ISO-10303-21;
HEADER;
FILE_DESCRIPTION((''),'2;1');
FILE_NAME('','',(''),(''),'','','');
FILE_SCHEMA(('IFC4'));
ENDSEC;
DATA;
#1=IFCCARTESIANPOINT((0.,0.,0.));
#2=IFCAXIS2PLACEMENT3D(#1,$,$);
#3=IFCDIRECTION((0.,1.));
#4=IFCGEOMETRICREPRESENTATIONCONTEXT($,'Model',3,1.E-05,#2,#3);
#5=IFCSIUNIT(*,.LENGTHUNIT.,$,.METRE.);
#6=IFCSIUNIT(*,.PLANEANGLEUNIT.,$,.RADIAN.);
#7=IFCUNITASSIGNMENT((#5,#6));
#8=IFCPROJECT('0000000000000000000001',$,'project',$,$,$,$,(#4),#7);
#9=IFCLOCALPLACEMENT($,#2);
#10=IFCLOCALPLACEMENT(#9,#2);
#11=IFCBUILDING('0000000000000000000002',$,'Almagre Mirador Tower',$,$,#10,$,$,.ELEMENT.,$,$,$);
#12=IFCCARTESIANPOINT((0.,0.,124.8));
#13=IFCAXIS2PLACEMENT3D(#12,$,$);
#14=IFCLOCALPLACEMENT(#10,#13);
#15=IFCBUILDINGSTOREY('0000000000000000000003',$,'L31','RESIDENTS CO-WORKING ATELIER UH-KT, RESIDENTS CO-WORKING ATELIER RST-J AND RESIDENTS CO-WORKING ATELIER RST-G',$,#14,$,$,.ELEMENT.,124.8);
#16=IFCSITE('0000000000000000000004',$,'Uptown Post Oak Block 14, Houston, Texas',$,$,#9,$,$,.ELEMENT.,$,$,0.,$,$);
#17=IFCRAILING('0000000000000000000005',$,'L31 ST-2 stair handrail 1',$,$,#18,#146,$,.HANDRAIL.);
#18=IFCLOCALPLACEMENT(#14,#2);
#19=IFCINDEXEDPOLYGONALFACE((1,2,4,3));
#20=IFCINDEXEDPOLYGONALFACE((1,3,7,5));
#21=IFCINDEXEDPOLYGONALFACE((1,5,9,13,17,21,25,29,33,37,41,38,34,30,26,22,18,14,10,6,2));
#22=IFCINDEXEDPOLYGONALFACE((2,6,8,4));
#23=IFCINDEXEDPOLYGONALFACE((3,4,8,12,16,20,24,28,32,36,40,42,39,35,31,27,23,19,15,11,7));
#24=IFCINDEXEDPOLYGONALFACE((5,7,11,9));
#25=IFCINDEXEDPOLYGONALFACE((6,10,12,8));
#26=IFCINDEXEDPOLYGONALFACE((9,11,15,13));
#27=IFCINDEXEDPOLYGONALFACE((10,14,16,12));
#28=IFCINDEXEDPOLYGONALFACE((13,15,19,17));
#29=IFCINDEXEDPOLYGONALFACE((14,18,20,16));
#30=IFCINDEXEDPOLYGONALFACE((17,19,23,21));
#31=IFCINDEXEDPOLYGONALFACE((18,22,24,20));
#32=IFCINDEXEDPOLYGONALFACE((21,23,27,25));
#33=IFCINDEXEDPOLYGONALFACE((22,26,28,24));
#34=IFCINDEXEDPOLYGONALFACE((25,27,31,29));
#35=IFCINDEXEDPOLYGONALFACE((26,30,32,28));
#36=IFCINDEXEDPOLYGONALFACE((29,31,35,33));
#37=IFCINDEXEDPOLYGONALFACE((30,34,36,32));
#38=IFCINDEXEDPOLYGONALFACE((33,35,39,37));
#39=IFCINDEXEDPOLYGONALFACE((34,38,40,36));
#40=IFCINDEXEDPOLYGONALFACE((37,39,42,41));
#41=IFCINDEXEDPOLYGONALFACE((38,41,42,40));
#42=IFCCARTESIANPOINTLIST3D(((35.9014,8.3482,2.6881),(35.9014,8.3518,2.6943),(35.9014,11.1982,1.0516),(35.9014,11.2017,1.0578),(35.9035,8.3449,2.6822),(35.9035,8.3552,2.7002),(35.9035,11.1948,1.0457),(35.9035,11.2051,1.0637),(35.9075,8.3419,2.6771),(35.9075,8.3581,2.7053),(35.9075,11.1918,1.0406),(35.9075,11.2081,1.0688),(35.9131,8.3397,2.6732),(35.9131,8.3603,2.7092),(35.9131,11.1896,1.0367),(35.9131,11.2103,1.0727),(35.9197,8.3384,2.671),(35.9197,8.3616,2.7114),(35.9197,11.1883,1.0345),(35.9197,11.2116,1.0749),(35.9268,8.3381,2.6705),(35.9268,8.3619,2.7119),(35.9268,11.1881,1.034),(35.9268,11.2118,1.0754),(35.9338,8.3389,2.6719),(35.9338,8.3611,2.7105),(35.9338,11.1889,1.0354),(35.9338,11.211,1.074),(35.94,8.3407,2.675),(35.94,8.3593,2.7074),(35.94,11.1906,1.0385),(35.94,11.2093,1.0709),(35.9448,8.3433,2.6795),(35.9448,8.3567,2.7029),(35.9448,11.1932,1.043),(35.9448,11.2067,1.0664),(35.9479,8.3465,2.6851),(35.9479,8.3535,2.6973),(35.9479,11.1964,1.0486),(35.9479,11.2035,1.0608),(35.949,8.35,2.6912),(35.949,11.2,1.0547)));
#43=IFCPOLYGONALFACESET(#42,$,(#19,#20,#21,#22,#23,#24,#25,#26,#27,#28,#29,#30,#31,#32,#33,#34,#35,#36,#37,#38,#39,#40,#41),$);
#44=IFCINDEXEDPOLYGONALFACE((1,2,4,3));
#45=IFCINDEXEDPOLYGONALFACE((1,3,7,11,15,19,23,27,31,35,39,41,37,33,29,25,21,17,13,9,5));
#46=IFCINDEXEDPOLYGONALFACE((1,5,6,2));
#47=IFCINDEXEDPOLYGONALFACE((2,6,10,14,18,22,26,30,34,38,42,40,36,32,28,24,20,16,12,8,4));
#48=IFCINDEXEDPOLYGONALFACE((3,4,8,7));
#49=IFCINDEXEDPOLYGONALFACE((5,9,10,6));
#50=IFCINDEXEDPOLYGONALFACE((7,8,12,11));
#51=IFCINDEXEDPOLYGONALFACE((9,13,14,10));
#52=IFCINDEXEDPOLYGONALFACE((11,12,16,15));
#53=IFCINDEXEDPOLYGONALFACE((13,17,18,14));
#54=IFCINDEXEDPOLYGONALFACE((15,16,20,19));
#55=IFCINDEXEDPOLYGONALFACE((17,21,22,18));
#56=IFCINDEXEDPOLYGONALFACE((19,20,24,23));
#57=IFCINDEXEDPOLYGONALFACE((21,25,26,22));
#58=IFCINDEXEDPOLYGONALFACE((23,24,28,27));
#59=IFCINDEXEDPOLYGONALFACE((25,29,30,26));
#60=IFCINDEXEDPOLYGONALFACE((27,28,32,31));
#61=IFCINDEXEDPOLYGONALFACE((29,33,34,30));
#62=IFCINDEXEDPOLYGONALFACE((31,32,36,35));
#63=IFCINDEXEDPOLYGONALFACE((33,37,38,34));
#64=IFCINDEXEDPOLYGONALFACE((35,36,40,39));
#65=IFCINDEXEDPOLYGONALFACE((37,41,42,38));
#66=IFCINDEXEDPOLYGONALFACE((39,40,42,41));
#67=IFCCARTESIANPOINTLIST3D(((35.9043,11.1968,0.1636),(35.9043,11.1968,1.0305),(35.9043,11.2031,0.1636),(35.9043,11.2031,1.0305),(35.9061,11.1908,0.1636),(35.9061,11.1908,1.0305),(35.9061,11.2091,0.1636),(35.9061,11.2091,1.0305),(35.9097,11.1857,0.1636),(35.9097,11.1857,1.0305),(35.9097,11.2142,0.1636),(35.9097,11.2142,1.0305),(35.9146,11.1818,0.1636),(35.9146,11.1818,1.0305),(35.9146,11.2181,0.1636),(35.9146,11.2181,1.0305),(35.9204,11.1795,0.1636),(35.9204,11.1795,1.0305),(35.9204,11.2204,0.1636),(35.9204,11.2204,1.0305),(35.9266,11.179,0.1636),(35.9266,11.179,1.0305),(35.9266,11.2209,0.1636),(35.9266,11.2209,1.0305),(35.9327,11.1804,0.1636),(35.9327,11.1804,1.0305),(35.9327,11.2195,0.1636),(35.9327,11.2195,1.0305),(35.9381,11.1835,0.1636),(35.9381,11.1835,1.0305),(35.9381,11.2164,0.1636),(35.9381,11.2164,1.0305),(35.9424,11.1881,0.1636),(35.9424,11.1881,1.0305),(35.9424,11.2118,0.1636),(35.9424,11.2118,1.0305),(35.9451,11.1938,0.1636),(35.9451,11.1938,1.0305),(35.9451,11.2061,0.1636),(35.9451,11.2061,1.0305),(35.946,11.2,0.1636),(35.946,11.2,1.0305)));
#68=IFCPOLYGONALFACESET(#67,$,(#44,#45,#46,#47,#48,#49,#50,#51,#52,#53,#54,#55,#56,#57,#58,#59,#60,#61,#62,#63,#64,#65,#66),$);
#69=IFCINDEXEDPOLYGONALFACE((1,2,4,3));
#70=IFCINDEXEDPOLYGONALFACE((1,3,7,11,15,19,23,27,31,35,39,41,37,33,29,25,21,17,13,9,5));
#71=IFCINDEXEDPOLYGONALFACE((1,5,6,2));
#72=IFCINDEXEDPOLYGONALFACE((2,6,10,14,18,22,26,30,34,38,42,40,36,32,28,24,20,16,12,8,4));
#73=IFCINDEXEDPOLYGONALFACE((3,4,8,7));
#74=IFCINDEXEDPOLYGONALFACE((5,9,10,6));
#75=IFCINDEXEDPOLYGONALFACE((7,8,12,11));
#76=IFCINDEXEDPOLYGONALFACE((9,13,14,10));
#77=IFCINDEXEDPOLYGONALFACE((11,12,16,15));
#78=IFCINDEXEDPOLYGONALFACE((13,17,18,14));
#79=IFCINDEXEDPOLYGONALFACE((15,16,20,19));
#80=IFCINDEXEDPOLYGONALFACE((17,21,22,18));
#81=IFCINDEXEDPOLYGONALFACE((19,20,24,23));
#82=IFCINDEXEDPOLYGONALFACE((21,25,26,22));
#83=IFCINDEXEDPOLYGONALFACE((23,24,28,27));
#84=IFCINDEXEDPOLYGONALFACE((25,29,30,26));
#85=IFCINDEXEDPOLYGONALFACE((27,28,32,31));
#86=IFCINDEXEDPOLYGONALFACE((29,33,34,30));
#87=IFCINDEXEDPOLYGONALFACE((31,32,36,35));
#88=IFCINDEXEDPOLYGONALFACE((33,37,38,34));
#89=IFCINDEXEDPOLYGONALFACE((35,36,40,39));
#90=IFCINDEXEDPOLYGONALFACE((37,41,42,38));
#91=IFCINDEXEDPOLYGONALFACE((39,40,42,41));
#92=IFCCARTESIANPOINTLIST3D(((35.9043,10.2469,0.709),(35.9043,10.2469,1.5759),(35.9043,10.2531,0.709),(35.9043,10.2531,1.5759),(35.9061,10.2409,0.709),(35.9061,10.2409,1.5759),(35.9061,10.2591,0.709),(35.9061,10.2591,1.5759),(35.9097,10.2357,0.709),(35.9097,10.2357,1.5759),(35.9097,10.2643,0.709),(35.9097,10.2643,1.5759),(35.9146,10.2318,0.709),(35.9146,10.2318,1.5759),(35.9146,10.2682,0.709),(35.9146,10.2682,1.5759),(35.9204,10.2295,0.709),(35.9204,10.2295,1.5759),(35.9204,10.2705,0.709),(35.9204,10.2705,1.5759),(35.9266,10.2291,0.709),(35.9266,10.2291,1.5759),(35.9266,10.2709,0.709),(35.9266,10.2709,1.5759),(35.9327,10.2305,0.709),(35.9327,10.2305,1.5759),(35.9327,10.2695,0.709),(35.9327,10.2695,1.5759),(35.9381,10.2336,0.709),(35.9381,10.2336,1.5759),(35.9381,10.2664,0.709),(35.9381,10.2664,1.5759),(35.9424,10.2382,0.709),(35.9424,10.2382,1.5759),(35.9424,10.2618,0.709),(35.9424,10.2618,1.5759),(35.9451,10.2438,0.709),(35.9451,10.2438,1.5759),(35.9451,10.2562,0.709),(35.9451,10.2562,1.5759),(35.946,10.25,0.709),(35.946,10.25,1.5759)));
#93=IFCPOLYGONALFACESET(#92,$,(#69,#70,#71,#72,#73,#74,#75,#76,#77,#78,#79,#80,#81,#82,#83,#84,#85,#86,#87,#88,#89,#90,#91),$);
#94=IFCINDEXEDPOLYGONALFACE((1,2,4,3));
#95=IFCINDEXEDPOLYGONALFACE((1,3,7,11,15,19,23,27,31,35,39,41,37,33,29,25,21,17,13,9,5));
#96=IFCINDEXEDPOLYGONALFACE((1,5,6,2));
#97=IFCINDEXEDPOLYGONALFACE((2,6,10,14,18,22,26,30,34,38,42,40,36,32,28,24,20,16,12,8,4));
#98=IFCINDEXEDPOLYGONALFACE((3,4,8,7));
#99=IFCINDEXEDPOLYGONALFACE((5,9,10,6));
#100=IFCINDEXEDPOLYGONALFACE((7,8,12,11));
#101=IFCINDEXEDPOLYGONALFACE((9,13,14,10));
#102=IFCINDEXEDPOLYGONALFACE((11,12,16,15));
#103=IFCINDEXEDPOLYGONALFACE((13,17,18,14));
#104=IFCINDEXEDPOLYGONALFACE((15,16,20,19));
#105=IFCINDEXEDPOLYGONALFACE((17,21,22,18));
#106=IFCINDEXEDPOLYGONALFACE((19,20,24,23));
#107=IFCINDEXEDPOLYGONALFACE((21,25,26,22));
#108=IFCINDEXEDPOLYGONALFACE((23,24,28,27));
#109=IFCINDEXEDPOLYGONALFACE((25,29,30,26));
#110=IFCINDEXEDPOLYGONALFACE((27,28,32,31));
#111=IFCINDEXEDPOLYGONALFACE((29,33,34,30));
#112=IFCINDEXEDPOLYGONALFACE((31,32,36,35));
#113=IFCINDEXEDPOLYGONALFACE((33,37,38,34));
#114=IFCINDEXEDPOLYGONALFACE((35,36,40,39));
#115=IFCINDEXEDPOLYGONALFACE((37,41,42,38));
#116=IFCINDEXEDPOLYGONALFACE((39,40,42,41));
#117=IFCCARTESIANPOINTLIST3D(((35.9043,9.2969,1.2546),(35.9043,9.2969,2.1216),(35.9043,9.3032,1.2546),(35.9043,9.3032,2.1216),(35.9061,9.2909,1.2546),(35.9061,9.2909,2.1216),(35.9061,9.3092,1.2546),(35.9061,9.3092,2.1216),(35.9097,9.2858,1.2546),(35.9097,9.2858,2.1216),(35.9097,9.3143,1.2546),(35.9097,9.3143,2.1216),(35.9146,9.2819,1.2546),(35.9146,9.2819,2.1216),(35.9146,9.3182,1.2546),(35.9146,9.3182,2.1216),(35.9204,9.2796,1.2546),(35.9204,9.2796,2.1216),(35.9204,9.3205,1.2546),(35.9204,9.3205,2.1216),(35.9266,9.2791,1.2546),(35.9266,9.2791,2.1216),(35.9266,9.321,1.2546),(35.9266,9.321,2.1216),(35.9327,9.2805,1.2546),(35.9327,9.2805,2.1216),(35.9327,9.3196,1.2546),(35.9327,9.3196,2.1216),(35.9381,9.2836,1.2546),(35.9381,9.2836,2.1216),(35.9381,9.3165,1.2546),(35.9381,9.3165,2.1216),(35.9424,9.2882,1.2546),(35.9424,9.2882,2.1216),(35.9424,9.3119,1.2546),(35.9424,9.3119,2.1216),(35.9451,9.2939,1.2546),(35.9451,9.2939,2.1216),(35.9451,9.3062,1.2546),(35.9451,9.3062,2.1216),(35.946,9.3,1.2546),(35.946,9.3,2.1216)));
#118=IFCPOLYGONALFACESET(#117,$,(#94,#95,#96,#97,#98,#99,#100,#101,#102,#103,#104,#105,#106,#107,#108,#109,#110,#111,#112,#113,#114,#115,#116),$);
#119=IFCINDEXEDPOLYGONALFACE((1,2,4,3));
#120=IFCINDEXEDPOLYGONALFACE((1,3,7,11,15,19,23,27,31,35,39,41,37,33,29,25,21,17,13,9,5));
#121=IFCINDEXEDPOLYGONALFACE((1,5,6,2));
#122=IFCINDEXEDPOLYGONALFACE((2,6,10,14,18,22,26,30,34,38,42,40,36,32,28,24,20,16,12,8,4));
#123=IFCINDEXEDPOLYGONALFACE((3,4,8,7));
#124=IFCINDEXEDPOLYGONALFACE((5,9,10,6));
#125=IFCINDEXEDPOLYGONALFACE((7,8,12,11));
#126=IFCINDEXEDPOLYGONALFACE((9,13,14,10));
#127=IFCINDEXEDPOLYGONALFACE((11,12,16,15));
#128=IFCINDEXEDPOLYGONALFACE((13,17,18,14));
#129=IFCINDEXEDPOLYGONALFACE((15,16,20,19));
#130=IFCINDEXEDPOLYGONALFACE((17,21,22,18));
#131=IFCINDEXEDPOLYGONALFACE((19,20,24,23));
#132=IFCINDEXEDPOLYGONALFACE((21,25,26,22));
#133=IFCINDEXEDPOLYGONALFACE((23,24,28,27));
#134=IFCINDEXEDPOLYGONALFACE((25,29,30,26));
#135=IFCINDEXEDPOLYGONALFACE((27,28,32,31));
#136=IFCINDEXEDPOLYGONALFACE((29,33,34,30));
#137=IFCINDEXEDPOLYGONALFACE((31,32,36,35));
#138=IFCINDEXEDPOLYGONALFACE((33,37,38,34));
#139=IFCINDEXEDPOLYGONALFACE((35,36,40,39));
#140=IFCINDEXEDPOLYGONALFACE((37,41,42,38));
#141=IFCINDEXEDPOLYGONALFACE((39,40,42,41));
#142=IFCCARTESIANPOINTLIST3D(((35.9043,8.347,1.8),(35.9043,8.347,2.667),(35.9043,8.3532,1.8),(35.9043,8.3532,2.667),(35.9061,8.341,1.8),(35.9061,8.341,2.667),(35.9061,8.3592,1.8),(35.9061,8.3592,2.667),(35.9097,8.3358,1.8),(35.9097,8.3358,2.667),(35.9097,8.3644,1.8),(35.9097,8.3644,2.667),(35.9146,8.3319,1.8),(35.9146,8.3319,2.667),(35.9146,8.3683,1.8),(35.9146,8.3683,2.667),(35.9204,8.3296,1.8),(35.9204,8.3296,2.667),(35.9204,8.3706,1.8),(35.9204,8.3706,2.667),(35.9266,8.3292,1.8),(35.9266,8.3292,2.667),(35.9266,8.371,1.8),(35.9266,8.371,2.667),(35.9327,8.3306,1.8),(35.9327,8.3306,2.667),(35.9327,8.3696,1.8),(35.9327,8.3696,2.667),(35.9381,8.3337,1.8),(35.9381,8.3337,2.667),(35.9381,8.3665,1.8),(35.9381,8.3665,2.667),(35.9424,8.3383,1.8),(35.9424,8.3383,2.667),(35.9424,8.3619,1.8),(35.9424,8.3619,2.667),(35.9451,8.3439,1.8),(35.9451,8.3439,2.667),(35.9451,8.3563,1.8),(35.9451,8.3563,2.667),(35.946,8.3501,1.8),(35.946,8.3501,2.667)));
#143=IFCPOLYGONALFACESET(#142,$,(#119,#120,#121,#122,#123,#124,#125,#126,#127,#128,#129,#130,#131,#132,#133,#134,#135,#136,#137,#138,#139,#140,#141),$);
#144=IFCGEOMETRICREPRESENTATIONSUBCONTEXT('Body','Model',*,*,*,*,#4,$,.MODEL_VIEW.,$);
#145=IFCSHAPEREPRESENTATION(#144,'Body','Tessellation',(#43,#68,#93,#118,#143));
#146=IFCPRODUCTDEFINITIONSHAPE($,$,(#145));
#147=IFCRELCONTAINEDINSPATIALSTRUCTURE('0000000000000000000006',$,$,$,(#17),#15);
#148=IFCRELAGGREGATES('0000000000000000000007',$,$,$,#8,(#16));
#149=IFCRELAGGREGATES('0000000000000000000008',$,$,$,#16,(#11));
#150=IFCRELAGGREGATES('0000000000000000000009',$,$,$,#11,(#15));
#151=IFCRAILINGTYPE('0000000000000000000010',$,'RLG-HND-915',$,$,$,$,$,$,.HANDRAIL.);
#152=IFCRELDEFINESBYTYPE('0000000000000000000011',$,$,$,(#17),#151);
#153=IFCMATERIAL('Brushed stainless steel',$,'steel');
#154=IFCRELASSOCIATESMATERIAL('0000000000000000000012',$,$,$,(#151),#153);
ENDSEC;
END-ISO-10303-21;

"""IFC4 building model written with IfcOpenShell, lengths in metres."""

from ifc_helpers import new_model, si_unit, direction, frame, origin, origin_2d, place, context, subcontext, project, spatial, circle, extrude, material, type_object, element, save


model = new_model("IFC4")

# Units and contexts
model_context = context("Model", 3, precision=1e-05, world=origin(), true_north=direction((0.0, 1.0)))
body_context = subcontext(model_context, "Body", "Model", "MODEL_VIEW")
ifc_project = project(units=[si_unit("LENGTHUNIT", "METRE"), si_unit("PLANEANGLEUNIT", "RADIAN")], contexts=[model_context])

# Site, building, storey
site_placement = place(None, origin())
site = spatial("IfcSite", under=ifc_project, at=site_placement, Name="Uptown Post Oak Block 14, Houston, Texas", CompositionType="ELEMENT", RefElevation=0.0)
building_placement = place(site_placement, origin())
building = spatial("IfcBuilding", under=site, at=building_placement, Name="Almagre Mirador Tower", CompositionType="ELEMENT")
storey_placement = place(building_placement, frame((0.0, 0.0, 124.8)))
storey = spatial("IfcBuildingStorey", under=building, at=storey_placement, Name="L31", Description="RESIDENTS CO-WORKING ATELIER UH-KT, RESIDENTS CO-WORKING ATELIER RST-J AND RESIDENTS CO-WORKING ATELIER RST-G", CompositionType="ELEMENT", Elevation=124.8)

# Railing
ifc_material_1 = material(Name="Brushed stainless steel", Category="steel")
railing_type_1 = type_object("IfcRailingType", Name="RLG-HND-915", PredefinedType="HANDRAIL", material=ifc_material_1)
railing_1_placement = place(storey_placement, frame((35.925, 11.2, 0.1636)))
element("IfcRailing", 1, at=railing_1_placement, inside=storey, type_object=railing_type_1, Name="L31 ST-2 stair handrail 1", PredefinedType="HANDRAIL", context=body_context, shape_type="SweptSolid", body=[
    extrude(circle(Radius=0.0239, at=origin_2d()), frame((0.0, 0.0, 0.8911), z_axis=(0.0, -0.867194, 0.49797), x_axis=(1.0, 0.0, 0.0)), (0.0, 0.0, 1.0), 3.2864),
    extrude(circle(Radius=0.021, at=origin_2d()), origin(), (0.0, 0.0, 1.0), 0.8669),
    extrude(circle(Radius=0.021, at=origin_2d()), frame((0.0, -0.95, 0.5454)), (0.0, 0.0, 1.0), 0.8669),
    extrude(circle(Radius=0.021, at=origin_2d()), frame((0.0, -1.8999, 1.0911)), (0.0, 0.0, 1.0), 0.8669),
    extrude(circle(Radius=0.021, at=origin_2d()), frame((0.0, -2.8499, 1.6365)), (0.0, 0.0, 1.0), 0.8669),
])

save(model, "model.ifc")
